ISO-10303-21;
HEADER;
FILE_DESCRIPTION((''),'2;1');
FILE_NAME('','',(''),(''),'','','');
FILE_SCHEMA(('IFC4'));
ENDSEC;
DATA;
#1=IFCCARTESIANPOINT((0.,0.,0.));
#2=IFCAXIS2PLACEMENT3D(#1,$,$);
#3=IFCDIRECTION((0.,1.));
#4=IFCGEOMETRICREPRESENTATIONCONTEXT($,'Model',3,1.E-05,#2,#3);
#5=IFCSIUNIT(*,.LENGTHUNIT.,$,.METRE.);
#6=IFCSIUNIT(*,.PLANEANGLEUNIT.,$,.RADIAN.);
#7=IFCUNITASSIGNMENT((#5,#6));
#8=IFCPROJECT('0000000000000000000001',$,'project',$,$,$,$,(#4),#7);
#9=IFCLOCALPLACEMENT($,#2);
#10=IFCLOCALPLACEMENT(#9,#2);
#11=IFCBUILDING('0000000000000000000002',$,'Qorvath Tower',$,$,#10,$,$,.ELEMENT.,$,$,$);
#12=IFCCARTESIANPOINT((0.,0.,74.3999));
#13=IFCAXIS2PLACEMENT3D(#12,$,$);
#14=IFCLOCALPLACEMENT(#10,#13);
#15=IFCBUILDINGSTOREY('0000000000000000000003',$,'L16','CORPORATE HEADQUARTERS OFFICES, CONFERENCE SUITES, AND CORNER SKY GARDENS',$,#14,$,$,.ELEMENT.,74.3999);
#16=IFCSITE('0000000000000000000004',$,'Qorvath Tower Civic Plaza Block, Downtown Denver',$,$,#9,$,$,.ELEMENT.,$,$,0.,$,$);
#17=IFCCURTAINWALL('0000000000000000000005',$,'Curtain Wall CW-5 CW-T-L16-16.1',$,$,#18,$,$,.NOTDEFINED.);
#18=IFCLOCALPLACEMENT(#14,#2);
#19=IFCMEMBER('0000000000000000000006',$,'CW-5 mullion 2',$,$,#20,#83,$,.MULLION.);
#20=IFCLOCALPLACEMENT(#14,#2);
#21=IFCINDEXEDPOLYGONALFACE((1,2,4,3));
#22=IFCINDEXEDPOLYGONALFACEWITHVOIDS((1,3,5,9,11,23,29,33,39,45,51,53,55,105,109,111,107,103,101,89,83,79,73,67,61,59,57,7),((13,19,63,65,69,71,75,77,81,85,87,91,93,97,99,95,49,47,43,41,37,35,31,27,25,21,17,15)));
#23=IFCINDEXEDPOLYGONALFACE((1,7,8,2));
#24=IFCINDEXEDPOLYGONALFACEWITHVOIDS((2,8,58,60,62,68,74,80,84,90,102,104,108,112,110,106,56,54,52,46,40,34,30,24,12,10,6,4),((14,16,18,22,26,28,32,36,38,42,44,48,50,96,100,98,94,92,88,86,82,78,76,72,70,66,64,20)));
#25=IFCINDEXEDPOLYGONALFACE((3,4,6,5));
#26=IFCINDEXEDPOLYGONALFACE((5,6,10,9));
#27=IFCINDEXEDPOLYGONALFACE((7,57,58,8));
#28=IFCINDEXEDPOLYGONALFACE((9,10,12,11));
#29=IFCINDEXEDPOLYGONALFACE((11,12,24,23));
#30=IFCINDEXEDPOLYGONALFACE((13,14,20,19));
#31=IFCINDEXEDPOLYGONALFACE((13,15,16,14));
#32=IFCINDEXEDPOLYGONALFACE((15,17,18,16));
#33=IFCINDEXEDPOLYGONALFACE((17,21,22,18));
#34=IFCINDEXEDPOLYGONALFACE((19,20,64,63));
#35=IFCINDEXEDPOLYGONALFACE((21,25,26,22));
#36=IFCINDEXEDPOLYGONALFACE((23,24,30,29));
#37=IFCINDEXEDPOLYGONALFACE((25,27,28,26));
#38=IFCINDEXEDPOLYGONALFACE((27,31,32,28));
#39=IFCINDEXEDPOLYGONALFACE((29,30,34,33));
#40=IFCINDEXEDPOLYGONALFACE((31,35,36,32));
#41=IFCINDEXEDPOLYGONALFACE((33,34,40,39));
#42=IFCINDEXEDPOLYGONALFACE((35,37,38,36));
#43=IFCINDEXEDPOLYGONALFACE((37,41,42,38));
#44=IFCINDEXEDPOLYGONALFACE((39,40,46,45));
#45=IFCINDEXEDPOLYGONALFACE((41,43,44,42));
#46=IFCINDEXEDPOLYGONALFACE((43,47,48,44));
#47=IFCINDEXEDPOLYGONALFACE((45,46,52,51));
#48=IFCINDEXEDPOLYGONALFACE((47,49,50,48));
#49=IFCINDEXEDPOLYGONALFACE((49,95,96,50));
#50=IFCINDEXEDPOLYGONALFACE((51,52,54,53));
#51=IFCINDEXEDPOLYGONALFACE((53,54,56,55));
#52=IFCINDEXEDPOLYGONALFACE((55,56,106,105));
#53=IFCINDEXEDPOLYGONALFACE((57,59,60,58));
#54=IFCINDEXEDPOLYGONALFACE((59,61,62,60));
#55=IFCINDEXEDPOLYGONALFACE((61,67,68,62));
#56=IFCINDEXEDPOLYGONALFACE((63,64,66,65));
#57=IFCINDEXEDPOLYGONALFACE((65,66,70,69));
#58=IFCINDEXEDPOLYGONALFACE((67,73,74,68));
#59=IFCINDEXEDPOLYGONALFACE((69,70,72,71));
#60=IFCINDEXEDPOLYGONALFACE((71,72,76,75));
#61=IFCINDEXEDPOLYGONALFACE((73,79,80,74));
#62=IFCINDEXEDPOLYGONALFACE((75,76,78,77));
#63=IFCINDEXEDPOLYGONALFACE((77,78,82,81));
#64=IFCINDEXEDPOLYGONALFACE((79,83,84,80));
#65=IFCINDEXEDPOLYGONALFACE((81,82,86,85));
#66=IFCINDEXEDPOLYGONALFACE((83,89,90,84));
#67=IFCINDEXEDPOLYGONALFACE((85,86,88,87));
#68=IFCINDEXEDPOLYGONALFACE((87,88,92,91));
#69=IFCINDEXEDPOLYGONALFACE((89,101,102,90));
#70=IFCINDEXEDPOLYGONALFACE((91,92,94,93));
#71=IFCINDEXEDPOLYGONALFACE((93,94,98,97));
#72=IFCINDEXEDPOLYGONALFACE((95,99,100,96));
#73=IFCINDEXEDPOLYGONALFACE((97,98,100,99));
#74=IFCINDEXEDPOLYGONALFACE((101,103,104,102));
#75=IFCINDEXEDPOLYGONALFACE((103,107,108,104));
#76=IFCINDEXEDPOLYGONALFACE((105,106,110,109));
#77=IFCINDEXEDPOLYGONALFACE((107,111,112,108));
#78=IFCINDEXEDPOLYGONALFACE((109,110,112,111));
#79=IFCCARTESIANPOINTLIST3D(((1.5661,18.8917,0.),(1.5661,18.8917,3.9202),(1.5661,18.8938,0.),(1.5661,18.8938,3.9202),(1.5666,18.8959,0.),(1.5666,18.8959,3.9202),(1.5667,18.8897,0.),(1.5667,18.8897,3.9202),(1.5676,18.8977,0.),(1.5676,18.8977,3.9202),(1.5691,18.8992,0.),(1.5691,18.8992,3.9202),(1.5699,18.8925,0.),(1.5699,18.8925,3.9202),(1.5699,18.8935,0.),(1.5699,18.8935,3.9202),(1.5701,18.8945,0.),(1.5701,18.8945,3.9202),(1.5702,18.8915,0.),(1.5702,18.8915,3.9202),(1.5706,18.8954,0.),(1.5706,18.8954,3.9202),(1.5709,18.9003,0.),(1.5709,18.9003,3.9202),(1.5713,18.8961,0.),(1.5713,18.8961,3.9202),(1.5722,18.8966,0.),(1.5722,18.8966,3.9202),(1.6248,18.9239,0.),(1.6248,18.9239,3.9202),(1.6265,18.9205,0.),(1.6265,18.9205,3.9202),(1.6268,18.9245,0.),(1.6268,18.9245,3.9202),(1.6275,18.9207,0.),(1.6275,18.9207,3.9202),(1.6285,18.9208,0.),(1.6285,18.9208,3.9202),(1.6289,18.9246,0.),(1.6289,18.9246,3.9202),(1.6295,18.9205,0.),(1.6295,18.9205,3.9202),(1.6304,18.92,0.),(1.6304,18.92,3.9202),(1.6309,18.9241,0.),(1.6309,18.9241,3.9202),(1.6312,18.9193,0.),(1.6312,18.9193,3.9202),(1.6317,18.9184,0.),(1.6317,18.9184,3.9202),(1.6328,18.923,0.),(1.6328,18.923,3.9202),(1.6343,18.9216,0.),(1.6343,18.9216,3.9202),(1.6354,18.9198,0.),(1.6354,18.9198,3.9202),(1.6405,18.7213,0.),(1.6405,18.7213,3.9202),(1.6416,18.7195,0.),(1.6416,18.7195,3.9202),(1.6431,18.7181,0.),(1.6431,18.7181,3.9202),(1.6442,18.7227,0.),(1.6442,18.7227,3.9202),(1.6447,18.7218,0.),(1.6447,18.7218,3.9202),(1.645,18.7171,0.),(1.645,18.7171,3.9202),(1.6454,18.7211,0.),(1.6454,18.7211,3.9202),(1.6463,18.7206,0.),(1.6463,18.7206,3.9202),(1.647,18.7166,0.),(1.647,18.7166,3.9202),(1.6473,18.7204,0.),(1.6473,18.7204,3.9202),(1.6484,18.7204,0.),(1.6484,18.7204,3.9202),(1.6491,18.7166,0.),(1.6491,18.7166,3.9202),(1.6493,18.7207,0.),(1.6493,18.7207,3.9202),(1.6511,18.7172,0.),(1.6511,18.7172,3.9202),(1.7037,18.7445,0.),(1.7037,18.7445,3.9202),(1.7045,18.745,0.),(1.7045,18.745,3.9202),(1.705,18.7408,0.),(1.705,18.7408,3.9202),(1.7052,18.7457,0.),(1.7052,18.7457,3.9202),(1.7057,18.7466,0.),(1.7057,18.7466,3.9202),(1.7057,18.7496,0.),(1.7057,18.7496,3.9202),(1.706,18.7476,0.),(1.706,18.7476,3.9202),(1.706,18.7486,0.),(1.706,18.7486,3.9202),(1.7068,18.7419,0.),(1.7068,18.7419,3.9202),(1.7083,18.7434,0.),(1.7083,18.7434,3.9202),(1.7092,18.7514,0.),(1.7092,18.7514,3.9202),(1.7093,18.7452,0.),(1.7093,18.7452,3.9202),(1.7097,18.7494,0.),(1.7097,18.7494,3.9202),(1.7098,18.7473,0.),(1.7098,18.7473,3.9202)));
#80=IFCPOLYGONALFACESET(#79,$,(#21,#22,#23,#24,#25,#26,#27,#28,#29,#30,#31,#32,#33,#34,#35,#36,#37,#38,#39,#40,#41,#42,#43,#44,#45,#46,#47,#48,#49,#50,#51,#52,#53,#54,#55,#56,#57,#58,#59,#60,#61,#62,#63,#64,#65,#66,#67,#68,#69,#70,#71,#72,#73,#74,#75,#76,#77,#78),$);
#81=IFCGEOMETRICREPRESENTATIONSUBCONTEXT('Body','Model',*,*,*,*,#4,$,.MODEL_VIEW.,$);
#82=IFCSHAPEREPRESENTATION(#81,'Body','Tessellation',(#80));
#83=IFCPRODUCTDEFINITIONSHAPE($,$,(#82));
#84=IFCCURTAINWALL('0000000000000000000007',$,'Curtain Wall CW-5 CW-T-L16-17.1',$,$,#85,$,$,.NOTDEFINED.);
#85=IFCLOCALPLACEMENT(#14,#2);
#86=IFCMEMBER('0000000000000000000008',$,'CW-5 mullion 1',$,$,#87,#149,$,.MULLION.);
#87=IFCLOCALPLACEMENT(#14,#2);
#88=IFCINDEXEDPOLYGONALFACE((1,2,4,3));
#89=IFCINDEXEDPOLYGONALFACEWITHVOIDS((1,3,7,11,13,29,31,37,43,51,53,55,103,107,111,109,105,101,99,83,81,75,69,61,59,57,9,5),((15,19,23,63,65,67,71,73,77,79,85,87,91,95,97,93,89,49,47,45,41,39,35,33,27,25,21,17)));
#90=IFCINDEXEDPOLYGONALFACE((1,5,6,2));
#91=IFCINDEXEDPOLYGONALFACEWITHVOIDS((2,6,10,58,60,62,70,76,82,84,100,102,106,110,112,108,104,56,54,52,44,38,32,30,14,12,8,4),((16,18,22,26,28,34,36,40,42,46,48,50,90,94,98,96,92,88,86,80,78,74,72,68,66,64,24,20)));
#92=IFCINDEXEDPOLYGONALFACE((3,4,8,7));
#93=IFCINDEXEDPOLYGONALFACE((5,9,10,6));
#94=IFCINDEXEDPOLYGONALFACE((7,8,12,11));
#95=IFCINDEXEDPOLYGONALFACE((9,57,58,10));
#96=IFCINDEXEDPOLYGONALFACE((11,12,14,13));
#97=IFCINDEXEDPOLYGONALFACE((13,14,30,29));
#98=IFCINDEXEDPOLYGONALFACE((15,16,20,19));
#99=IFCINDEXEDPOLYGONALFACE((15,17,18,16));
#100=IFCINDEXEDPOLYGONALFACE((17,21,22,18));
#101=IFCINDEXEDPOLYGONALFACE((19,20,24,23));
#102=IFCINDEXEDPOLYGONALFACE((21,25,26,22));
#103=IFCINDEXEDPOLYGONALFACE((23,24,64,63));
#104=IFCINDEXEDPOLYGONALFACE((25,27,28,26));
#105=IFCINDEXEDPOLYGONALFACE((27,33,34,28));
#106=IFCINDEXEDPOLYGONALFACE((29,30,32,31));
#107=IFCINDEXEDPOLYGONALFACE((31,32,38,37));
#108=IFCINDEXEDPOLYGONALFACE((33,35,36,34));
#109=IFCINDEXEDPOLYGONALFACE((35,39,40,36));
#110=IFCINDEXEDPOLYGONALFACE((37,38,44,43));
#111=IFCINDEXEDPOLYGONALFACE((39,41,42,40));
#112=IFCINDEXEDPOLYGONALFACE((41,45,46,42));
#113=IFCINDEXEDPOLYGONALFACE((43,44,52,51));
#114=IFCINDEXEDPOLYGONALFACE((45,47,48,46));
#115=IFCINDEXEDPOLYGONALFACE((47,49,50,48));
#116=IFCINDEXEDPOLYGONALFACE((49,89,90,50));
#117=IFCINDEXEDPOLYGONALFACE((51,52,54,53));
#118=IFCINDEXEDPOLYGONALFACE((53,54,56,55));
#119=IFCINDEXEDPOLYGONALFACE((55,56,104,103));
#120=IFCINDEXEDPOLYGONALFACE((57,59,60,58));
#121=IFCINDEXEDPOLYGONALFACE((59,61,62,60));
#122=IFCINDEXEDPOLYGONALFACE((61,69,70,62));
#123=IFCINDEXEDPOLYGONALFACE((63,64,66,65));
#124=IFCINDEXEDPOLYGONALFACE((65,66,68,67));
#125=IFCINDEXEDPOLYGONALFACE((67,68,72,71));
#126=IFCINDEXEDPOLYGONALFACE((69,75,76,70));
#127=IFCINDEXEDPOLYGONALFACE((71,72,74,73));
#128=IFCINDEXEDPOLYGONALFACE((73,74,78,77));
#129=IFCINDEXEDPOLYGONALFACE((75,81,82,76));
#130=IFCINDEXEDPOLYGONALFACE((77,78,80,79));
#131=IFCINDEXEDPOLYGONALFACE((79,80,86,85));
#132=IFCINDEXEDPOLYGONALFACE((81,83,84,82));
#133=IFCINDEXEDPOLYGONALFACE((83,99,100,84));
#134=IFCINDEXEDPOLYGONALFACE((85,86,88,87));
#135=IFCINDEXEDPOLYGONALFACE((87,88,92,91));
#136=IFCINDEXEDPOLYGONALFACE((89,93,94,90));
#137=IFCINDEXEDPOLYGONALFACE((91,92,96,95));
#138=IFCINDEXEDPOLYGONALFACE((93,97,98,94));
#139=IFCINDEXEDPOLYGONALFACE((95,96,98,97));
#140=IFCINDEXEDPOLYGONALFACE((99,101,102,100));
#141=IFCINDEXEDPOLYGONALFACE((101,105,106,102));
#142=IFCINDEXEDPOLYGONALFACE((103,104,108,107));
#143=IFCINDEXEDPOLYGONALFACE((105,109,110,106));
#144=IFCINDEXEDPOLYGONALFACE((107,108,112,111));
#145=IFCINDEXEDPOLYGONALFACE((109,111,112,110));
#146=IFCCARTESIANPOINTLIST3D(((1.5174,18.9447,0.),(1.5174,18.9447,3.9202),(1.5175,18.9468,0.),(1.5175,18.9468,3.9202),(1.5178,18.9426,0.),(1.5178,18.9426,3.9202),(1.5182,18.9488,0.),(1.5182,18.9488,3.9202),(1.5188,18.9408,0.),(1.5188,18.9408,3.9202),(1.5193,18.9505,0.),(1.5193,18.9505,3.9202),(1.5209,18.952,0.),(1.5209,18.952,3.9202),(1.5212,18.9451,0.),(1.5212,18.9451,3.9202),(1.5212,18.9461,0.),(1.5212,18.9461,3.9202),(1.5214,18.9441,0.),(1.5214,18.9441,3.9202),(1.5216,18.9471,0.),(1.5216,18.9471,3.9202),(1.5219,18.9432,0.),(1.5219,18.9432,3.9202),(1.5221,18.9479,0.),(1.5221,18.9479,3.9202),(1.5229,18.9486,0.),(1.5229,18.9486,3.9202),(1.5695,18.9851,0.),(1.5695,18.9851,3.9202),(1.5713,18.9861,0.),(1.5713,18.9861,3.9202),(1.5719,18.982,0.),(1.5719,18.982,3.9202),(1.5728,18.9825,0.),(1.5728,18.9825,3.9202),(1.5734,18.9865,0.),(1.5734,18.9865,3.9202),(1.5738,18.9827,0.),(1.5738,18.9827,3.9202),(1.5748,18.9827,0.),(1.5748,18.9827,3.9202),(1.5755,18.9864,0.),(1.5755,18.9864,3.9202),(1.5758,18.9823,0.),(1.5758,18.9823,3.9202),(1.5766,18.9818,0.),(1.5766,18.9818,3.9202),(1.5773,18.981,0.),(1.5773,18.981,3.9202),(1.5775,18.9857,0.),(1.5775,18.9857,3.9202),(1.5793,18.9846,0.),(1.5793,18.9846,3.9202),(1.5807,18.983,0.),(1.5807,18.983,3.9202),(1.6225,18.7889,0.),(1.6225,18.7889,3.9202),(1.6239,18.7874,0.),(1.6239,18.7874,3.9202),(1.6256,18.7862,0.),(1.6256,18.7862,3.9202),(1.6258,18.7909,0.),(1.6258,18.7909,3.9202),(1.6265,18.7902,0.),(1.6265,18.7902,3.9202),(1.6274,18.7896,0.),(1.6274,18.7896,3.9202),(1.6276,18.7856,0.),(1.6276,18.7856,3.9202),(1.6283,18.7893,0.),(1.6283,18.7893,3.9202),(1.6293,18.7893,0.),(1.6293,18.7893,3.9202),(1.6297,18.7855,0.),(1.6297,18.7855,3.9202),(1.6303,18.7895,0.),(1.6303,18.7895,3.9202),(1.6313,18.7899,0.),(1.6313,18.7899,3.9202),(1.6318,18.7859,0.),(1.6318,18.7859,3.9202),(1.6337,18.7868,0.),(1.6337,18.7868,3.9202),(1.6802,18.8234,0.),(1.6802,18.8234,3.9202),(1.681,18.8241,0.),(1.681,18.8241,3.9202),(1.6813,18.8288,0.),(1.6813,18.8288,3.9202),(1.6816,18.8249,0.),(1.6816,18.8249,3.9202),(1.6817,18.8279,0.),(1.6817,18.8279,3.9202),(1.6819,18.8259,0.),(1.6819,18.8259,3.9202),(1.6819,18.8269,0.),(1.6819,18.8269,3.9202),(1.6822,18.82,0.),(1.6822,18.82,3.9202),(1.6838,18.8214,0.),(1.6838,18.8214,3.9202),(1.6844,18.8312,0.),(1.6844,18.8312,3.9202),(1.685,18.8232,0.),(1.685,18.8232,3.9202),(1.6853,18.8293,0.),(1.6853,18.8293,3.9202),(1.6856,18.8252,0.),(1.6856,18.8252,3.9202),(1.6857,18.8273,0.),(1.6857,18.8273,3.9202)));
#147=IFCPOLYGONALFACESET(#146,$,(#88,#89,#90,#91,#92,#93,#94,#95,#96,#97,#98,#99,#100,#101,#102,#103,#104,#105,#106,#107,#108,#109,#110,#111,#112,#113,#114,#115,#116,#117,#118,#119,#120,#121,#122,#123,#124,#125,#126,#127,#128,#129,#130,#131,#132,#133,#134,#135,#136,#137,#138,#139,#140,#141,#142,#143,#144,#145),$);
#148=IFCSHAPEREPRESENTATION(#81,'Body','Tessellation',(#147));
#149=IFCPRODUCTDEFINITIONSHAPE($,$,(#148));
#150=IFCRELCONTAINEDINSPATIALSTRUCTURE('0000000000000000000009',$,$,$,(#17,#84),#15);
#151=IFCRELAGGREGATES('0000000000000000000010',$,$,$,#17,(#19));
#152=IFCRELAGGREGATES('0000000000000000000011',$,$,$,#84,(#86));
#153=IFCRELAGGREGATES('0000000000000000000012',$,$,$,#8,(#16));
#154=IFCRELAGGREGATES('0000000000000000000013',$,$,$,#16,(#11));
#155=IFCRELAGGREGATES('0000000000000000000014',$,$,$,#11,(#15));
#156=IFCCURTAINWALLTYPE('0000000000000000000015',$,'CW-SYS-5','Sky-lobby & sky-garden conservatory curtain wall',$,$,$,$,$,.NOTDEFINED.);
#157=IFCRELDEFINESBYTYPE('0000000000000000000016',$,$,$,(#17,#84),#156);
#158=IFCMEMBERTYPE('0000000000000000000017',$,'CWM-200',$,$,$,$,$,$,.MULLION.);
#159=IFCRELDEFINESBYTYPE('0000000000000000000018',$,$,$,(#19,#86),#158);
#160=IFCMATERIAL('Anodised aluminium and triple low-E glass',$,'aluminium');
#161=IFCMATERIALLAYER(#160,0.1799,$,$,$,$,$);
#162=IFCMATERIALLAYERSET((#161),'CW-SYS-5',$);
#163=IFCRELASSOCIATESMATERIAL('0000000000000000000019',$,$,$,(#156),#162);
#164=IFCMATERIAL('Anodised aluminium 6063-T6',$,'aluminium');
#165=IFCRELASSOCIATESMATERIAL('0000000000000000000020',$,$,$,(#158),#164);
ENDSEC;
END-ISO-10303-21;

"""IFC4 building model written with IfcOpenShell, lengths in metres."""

from ifc_helpers import new_model, si_unit, direction, frame, origin, origin_2d, place, context, subcontext, project, spatial, hollow_rectangle, extrude, material, layer, layer_set, material_profile, profile_set, type_object, element, aggregate, save


model = new_model("IFC4")

# Units and contexts
model_context = context("Model", 3, precision=1e-05, world=origin(), true_north=direction((0.0, 1.0)))
body_context = subcontext(model_context, "Body", "Model", "MODEL_VIEW")
ifc_project = project(units=[si_unit("LENGTHUNIT", "METRE"), si_unit("PLANEANGLEUNIT", "RADIAN")], contexts=[model_context])

# Site, building, storey
site_placement = place(None, origin())
site = spatial("IfcSite", under=ifc_project, at=site_placement, Name="Qorvath Tower Civic Plaza Block, Downtown Denver", CompositionType="ELEMENT", RefElevation=0.0)
building_placement = place(site_placement, origin())
building = spatial("IfcBuilding", under=site, at=building_placement, Name="Qorvath Tower", CompositionType="ELEMENT")
storey_placement = place(building_placement, frame((0.0, 0.0, 74.3999)))
storey = spatial("IfcBuildingStorey", under=building, at=storey_placement, Name="L16", Description="CORPORATE HEADQUARTERS OFFICES, CONFERENCE SUITES, AND CORNER SKY GARDENS", CompositionType="ELEMENT", Elevation=74.3999)

# Shared definitions
ifc_material_1 = material(Name="Anodised aluminium and triple low-E glass", Category="aluminium")
ifc_layer_1 = layer(ifc_material_1, 0.1799)
ifc_layer_set_1 = layer_set([ifc_layer_1], Name="CW-SYS-5")
curtain_wall_type = type_object("IfcCurtainWallType", Name="CW-SYS-5", Description="Sky-lobby & sky-garden conservatory curtain wall", PredefinedType="NOTDEFINED", material=ifc_layer_set_1)
ifc_material_2 = material(Name="Anodised aluminium 6063-T6", Category="aluminium")
ifc_material_profile_1 = material_profile(ifc_material_2, hollow_rectangle(XDim=0.075, YDim=0.2, WallThickness=0.0039, InnerFilletRadius=0.0039, OuterFilletRadius=0.0081, at=origin_2d()), Name="CWM 200x75")
ifc_profile_set_1 = profile_set([ifc_material_profile_1], Name="Anodised aluminium 6063-T6")
member_type_1 = type_object("IfcMemberType", Name="CWM-200", PredefinedType="MULLION", material=ifc_profile_set_1)

# Curtain wall, member
curtain_wall_1_placement = place(storey_placement, origin())
curtain_wall_1 = element("IfcCurtainWall", 1, at=curtain_wall_1_placement, inside=storey, type_object=curtain_wall_type, Name="Curtain Wall CW-5 CW-T-L16-16.1", PredefinedType="NOTDEFINED")
member_1_placement = place(storey_placement, frame((1.6379, 18.8206, 0.0), z_axis=(0.0, 0.0, 1.0), x_axis=(-0.915913, -0.401376, 0.0)))
member_1 = element("IfcMember", 2, at=member_1_placement, type_object=member_type_1, Name="CW-5 mullion 2", PredefinedType="MULLION", context=body_context, shape_type="SweptSolid", body=[
    extrude(hollow_rectangle(XDim=0.075, YDim=0.2, WallThickness=0.0039, InnerFilletRadius=0.0039, OuterFilletRadius=0.0081, at=origin_2d()), origin(), (0.0, 0.0, 1.0), 3.9202),
])
aggregate(curtain_wall_1, [member_1])

# Curtain wall, member
curtain_wall_2_placement = place(storey_placement, origin())
curtain_wall_2 = element("IfcCurtainWall", 3, at=curtain_wall_2_placement, inside=storey, type_object=curtain_wall_type, Name="Curtain Wall CW-5 CW-T-L16-17.1", PredefinedType="NOTDEFINED")
member_2_placement = place(storey_placement, frame((1.6016, 18.886, 0.0), z_axis=(0.0, 0.0, 1.0), x_axis=(-0.825776, -0.563998, 0.0)))
member_2 = element("IfcMember", 4, at=member_2_placement, type_object=member_type_1, Name="CW-5 mullion 1", PredefinedType="MULLION", context=body_context, shape_type="SweptSolid", body=[
    extrude(hollow_rectangle(XDim=0.075, YDim=0.2, WallThickness=0.0039, InnerFilletRadius=0.0039, OuterFilletRadius=0.0081, at=origin_2d()), origin(), (0.0, 0.0, 1.0), 3.9202),
])

aggregate(curtain_wall_2, [member_2])

save(model, "model.ifc")
